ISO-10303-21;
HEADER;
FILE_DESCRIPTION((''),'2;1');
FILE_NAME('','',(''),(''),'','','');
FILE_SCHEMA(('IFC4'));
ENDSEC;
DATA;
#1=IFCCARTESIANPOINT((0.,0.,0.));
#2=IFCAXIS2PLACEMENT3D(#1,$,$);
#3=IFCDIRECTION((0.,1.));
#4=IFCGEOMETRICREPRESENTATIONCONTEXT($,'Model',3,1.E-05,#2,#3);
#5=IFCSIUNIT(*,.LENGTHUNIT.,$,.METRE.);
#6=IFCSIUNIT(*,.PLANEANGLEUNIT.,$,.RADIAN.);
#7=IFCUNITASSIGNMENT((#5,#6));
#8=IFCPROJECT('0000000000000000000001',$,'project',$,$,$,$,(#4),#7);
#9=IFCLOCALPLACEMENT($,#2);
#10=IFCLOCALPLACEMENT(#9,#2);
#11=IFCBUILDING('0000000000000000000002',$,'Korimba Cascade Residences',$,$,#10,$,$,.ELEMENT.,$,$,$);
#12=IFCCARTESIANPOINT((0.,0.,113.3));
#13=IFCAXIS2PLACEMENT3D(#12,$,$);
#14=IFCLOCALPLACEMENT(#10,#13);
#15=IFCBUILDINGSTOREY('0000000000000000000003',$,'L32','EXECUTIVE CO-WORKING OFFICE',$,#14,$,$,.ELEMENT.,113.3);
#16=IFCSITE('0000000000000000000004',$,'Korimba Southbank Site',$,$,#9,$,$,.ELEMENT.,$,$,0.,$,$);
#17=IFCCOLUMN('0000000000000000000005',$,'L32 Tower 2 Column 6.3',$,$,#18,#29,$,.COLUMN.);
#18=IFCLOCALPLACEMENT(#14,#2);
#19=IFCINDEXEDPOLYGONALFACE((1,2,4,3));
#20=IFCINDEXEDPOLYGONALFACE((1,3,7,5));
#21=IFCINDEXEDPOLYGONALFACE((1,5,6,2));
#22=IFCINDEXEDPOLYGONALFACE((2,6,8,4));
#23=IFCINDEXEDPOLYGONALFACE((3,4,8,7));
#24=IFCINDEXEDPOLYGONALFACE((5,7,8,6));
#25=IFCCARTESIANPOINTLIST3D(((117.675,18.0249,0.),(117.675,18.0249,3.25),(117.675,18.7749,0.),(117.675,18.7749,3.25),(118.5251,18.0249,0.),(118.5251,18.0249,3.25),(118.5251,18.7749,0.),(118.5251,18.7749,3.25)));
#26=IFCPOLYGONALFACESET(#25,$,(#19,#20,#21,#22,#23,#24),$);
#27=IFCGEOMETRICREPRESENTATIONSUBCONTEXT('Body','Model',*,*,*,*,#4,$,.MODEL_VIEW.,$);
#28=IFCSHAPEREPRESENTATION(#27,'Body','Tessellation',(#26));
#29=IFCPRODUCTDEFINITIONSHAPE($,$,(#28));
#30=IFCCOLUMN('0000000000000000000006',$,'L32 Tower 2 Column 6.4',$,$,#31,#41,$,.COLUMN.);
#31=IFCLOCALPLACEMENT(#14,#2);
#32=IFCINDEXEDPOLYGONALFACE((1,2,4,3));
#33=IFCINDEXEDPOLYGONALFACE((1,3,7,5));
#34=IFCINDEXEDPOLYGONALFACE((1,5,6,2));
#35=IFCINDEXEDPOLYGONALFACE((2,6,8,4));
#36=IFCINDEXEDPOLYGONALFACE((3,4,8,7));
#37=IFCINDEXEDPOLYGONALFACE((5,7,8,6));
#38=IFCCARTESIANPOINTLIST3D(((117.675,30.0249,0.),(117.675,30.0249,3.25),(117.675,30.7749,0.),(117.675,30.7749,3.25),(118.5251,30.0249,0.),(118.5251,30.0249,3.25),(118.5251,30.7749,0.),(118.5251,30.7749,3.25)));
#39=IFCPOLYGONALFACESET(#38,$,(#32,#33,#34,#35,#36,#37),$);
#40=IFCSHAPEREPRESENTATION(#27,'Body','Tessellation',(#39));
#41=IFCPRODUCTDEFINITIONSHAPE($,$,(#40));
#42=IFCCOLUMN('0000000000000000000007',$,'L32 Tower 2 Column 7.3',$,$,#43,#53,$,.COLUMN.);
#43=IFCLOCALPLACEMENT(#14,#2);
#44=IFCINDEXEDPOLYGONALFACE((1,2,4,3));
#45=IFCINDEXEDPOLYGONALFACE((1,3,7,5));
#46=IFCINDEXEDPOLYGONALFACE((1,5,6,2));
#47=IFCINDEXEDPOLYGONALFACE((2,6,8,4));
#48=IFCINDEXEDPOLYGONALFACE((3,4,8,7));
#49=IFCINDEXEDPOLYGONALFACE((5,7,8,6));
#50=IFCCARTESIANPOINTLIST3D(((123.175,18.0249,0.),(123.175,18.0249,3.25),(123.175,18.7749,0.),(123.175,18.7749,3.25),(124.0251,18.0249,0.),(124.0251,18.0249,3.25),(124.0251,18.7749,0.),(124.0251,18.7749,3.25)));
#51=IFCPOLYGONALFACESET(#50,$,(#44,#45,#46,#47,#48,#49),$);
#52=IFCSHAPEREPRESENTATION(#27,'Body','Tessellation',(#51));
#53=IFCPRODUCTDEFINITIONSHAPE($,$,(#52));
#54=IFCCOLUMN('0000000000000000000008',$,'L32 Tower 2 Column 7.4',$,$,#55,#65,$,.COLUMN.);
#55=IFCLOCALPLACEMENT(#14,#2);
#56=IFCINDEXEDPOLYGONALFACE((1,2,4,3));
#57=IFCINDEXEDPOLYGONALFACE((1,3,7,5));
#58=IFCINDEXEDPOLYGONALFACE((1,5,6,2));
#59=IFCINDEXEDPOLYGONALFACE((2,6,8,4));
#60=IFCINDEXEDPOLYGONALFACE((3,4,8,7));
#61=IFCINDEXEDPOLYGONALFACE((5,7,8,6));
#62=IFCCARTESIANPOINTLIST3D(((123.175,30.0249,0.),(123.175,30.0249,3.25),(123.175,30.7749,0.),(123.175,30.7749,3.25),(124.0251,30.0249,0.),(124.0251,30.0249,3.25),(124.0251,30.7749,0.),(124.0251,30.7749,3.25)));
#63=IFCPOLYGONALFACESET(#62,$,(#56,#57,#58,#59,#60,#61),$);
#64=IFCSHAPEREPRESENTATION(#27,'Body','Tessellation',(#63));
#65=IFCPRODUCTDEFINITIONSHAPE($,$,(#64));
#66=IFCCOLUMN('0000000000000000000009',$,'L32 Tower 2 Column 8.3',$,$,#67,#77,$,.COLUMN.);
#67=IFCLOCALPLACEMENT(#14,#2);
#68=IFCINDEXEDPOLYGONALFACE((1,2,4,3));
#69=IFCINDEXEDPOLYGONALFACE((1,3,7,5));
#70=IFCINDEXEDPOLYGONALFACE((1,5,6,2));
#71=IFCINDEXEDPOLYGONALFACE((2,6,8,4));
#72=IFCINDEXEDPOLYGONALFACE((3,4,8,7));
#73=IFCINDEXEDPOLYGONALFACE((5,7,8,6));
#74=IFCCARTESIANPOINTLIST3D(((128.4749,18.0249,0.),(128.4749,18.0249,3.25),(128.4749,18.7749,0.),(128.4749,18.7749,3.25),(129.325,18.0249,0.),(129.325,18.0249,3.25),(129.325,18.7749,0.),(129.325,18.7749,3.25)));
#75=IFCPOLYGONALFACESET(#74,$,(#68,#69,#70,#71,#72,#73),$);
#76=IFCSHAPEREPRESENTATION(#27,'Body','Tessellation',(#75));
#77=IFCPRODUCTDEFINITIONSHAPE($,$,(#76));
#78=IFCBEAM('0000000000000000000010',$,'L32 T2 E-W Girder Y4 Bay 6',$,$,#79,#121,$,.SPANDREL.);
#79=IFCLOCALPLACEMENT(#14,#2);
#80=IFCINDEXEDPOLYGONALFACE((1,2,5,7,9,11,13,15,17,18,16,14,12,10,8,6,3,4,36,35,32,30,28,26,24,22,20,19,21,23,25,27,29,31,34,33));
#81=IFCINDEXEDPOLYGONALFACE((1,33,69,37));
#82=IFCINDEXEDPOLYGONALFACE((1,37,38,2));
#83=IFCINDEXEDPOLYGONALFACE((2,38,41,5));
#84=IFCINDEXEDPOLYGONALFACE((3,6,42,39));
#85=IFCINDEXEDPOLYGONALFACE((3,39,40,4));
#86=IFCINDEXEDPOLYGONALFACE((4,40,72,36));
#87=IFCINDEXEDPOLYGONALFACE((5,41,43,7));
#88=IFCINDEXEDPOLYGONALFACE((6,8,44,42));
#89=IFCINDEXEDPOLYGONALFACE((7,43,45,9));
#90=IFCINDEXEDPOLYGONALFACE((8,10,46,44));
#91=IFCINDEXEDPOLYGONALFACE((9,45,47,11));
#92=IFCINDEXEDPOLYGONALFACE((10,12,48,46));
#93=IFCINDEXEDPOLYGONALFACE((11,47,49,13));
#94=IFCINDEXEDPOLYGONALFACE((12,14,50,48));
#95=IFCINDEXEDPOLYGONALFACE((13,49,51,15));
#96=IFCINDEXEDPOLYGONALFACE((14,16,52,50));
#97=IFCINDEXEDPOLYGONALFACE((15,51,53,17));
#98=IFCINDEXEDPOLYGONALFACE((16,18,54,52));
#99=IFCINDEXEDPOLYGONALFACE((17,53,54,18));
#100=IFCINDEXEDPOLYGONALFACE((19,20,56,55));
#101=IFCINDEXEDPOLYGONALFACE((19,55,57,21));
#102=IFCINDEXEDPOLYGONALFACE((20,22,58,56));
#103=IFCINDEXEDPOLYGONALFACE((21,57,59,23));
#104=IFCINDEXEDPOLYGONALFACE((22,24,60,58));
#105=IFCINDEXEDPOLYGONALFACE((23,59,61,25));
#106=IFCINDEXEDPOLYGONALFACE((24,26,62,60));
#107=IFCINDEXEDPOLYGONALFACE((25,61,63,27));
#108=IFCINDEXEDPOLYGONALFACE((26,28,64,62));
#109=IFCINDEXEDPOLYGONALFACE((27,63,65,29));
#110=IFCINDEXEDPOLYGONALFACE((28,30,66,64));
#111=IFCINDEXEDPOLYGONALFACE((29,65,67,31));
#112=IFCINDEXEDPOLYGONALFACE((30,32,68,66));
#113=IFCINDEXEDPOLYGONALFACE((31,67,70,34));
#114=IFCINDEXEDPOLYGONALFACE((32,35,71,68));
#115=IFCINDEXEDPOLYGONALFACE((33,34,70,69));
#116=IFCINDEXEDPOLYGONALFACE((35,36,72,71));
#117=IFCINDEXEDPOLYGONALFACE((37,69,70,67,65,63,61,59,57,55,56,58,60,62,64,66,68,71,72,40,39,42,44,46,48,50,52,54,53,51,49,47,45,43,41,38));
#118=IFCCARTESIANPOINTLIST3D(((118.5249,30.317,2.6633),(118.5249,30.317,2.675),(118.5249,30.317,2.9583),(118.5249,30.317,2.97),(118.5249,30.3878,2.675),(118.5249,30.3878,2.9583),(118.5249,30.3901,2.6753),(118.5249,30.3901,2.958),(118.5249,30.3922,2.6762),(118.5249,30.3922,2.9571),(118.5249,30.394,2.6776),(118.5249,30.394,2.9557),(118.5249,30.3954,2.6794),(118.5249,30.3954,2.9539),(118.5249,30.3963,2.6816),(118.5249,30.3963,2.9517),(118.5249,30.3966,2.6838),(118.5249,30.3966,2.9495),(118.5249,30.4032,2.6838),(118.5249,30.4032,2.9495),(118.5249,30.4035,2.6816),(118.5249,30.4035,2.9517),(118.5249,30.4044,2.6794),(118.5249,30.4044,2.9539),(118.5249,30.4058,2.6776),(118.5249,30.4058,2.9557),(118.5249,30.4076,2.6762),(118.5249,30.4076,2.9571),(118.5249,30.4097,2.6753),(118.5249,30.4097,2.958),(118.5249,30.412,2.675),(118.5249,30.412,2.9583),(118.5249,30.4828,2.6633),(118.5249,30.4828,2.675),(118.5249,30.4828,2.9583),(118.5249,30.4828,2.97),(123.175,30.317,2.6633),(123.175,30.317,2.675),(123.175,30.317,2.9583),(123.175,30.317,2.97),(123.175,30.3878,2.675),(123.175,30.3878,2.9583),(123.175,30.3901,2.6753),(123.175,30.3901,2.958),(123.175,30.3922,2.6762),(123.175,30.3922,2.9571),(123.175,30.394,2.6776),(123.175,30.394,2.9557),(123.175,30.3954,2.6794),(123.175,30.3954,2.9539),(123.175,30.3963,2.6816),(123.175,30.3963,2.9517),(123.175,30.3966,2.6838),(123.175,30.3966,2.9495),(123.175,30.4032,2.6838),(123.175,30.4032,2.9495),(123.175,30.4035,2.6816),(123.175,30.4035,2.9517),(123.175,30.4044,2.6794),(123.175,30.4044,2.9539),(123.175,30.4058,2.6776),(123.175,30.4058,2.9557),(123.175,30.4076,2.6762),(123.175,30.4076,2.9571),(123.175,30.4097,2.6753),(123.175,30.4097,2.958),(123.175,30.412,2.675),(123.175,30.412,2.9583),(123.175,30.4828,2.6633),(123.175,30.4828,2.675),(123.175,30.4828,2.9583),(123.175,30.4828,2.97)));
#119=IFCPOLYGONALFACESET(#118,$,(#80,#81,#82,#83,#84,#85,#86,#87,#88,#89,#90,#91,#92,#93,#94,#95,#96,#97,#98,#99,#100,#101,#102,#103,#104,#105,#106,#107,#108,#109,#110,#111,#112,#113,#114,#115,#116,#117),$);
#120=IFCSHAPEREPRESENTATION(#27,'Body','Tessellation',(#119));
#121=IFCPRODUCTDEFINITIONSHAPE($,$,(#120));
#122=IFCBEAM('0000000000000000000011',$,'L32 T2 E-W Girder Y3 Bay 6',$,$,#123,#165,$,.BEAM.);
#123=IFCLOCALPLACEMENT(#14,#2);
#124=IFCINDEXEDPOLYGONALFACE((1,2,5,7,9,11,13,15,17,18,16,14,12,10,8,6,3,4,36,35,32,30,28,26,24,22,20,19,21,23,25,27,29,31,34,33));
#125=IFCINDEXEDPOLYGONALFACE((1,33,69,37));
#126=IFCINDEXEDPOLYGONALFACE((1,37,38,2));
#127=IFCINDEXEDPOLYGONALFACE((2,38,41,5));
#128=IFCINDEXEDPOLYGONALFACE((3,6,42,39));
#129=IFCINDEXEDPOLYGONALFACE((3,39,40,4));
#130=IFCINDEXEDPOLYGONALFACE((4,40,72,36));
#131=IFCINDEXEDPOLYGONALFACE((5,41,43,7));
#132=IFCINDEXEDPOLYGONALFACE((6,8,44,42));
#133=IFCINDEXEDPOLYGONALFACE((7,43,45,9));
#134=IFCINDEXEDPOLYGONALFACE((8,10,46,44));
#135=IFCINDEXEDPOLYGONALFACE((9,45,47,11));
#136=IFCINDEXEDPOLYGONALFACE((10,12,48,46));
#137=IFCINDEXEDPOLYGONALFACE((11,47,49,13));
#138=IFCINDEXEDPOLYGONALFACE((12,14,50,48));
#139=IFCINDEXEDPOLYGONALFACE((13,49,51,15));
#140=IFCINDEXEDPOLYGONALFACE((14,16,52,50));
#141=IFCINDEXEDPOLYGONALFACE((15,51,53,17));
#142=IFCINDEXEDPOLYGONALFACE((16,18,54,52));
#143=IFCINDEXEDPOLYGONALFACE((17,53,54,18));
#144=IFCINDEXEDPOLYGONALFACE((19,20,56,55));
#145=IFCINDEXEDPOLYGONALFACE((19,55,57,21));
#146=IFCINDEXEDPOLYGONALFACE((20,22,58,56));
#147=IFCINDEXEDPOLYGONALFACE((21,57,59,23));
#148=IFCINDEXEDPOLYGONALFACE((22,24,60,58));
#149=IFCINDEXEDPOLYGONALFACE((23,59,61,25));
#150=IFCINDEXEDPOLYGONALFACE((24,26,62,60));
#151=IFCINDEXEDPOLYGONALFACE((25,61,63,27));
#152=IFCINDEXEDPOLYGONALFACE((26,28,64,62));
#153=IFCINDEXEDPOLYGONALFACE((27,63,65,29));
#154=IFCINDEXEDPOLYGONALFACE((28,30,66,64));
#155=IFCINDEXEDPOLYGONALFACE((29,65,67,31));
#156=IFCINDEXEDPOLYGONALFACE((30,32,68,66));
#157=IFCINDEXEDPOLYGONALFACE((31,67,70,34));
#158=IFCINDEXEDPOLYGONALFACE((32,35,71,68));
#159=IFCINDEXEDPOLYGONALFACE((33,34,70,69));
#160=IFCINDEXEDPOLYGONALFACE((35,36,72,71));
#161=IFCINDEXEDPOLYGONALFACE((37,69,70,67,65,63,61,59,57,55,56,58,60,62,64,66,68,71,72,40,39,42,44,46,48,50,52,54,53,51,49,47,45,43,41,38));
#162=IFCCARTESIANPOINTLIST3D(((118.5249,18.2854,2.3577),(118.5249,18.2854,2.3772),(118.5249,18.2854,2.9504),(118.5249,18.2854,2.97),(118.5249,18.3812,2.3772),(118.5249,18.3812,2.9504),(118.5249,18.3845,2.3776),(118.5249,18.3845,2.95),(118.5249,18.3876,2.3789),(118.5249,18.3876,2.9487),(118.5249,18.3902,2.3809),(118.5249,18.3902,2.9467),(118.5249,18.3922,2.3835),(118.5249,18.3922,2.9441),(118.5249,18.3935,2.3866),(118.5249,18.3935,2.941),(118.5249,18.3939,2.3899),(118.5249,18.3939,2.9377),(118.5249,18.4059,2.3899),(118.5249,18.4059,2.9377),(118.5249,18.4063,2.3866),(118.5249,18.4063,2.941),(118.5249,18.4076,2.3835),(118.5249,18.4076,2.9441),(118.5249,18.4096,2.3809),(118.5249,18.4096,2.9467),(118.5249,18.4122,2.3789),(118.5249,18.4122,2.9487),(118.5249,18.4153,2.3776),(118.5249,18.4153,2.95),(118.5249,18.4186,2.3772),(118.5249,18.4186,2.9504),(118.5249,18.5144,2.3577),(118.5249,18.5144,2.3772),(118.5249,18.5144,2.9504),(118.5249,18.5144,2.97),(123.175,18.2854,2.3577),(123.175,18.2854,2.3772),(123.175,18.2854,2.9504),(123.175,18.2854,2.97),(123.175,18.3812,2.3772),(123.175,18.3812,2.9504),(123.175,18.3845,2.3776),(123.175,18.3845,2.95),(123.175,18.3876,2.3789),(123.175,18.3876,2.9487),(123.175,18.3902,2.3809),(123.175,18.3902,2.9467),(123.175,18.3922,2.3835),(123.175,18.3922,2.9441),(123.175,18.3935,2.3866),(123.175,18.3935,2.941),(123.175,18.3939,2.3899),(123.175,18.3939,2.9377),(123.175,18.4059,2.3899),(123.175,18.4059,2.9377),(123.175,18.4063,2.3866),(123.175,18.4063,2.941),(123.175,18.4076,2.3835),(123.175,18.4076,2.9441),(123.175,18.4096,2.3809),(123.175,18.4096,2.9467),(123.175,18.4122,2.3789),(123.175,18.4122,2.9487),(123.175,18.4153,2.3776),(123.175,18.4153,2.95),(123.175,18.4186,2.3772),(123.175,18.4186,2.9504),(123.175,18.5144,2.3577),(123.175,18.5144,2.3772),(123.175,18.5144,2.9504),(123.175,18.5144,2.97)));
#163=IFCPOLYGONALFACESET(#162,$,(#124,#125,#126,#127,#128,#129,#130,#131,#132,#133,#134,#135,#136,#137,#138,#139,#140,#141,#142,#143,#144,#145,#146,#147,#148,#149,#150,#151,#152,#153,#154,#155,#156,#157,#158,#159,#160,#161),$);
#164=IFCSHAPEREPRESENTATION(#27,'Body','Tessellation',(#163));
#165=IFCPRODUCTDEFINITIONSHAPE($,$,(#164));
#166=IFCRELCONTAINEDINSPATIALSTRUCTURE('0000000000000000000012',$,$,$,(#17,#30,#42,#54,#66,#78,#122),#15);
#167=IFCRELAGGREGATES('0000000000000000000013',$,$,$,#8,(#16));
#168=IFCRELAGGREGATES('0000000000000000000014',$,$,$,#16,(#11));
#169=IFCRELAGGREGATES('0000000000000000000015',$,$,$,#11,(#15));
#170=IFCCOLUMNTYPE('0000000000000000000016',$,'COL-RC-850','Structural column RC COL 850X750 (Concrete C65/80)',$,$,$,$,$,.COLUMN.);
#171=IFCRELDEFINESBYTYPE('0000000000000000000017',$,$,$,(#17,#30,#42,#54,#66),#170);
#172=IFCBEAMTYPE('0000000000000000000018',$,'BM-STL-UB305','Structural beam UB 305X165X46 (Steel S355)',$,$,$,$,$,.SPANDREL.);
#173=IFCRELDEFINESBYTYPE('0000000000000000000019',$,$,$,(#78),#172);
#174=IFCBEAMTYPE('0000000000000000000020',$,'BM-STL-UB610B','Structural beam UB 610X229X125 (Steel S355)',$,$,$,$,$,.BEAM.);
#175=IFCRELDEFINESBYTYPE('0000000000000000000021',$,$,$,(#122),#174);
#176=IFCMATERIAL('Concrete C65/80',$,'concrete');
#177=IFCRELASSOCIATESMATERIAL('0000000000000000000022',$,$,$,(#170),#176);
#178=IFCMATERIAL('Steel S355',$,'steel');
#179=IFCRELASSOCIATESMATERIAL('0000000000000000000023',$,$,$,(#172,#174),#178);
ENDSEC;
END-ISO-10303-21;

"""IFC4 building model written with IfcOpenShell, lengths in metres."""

from ifc_helpers import new_model, si_unit, direction, frame, origin, origin_2d, place, context, subcontext, project, spatial, rectangle, i_section, extrude, material, material_profile, profile_set, type_object, element, save


model = new_model("IFC4")

# Units and contexts
model_context = context("Model", 3, precision=1e-05, world=origin(), true_north=direction((0.0, 1.0)))
body_context = subcontext(model_context, "Body", "Model", "MODEL_VIEW")
ifc_project = project(units=[si_unit("LENGTHUNIT", "METRE"), si_unit("PLANEANGLEUNIT", "RADIAN")], contexts=[model_context])

# Site, building, storey
site_placement = place(None, origin())
site = spatial("IfcSite", under=ifc_project, at=site_placement, Name="Korimba Southbank Site", CompositionType="ELEMENT", RefElevation=0.0)
building_placement = place(site_placement, origin())
building = spatial("IfcBuilding", under=site, at=building_placement, Name="Korimba Cascade Residences", CompositionType="ELEMENT")
storey_placement = place(building_placement, frame((0.0, 0.0, 113.3)))
storey = spatial("IfcBuildingStorey", under=building, at=storey_placement, Name="L32", Description="EXECUTIVE CO-WORKING OFFICE", CompositionType="ELEMENT", Elevation=113.3)

# Columns
ifc_material_1 = material(Name="Concrete C65/80", Category="concrete")
ifc_material_profile_1 = material_profile(ifc_material_1, rectangle(XDim=0.8501, YDim=0.75, at=origin_2d()), Name="Concrete C65/80")
ifc_profile_set_1 = profile_set([ifc_material_profile_1], Name="Concrete C65/80")
column_type = type_object("IfcColumnType", Name="COL-RC-850", Description="Structural column RC COL 850X750 (Concrete C65/80)", PredefinedType="COLUMN", material=ifc_profile_set_1)
for number, where, z_axis, x_axis, name in (
    (1, (118.1001, 18.3999, 0.0), (0.0, 0.0, 1.0), (1.0, 0.0, 0.0), "L32 Tower 2 Column 6.3"),
    (2, (118.1001, 30.3999, 0.0), (0.0, 0.0, 1.0), (1.0, 0.0, 0.0), "L32 Tower 2 Column 6.4"),
    (3, (123.6001, 18.3999, 0.0), (0.0, 0.0, 1.0), (1.0, 0.0, 0.0), "L32 Tower 2 Column 7.3"),
    (4, (123.6001, 30.3999, 0.0), (0.0, 0.0, 1.0), (1.0, 0.0, 0.0), "L32 Tower 2 Column 7.4"),
    (5, (128.8999, 18.3999, 0.0), (0.0, 0.0, 1.0), (1.0, 0.0, 0.0), "L32 Tower 2 Column 8.3"),
):
    element("IfcColumn", number, at=place(storey_placement, frame(where, z_axis=z_axis, x_axis=x_axis)), inside=storey, type_object=column_type, Name=name, PredefinedType="COLUMN", context=body_context, shape_type="SweptSolid", body=[
        extrude(rectangle(XDim=0.8501, YDim=0.75, at=origin_2d()), origin(), (0.0, 0.0, 1.0), 3.25),
    ])

# Beams
ifc_material_2 = material(Name="Steel S355", Category="steel")
ifc_material_profile_2 = material_profile(ifc_material_2, i_section(OverallWidth=0.1658, OverallDepth=0.3066, WebThickness=0.0066, FlangeThickness=0.0117, FilletRadius=0.0088, at=origin_2d()), Name="Steel S355")
ifc_profile_set_2 = profile_set([ifc_material_profile_2], Name="Steel S355")
beam_type_1 = type_object("IfcBeamType", Name="BM-STL-UB305", Description="Structural beam UB 305X165X46 (Steel S355)", PredefinedType="SPANDREL", material=ifc_profile_set_2)
beam_1_placement = place(storey_placement, frame((118.5249, 30.3999, 2.8167), z_axis=(1.0, 0.0, 0.0), x_axis=(0.0, 1.0, 0.0)))
element("IfcBeam", 6, at=beam_1_placement, inside=storey, type_object=beam_type_1, Name="L32 T2 E-W Girder Y4 Bay 6", PredefinedType="SPANDREL", context=body_context, shape_type="SweptSolid", body=[
    extrude(i_section(OverallWidth=0.1658, OverallDepth=0.3066, WebThickness=0.0066, FlangeThickness=0.0117, FilletRadius=0.0088, at=origin_2d()), origin(), (0.0, 0.0, 1.0), 4.6501),
])
ifc_material_profile_3 = material_profile(ifc_material_2, i_section(OverallWidth=0.229, OverallDepth=0.6123, WebThickness=0.012, FlangeThickness=0.0195, FilletRadius=0.0127, at=origin_2d()), Name="Steel S355")
ifc_profile_set_3 = profile_set([ifc_material_profile_3], Name="Steel S355")
beam_type_2 = type_object("IfcBeamType", Name="BM-STL-UB610B", Description="Structural beam UB 610X229X125 (Steel S355)", PredefinedType="BEAM", material=ifc_profile_set_3)
beam_2_placement = place(storey_placement, frame((118.5249, 18.3999, 2.6638), z_axis=(1.0, 0.0, 0.0), x_axis=(0.0, 1.0, 0.0)))
element("IfcBeam", 7, at=beam_2_placement, inside=storey, type_object=beam_type_2, Name="L32 T2 E-W Girder Y3 Bay 6", PredefinedType="BEAM", context=body_context, shape_type="SweptSolid", body=[
    extrude(i_section(OverallWidth=0.229, OverallDepth=0.6123, WebThickness=0.012, FlangeThickness=0.0195, FilletRadius=0.0127, at=origin_2d()), origin(), (0.0, 0.0, 1.0), 4.6501),
])

save(model, "model.ifc")
